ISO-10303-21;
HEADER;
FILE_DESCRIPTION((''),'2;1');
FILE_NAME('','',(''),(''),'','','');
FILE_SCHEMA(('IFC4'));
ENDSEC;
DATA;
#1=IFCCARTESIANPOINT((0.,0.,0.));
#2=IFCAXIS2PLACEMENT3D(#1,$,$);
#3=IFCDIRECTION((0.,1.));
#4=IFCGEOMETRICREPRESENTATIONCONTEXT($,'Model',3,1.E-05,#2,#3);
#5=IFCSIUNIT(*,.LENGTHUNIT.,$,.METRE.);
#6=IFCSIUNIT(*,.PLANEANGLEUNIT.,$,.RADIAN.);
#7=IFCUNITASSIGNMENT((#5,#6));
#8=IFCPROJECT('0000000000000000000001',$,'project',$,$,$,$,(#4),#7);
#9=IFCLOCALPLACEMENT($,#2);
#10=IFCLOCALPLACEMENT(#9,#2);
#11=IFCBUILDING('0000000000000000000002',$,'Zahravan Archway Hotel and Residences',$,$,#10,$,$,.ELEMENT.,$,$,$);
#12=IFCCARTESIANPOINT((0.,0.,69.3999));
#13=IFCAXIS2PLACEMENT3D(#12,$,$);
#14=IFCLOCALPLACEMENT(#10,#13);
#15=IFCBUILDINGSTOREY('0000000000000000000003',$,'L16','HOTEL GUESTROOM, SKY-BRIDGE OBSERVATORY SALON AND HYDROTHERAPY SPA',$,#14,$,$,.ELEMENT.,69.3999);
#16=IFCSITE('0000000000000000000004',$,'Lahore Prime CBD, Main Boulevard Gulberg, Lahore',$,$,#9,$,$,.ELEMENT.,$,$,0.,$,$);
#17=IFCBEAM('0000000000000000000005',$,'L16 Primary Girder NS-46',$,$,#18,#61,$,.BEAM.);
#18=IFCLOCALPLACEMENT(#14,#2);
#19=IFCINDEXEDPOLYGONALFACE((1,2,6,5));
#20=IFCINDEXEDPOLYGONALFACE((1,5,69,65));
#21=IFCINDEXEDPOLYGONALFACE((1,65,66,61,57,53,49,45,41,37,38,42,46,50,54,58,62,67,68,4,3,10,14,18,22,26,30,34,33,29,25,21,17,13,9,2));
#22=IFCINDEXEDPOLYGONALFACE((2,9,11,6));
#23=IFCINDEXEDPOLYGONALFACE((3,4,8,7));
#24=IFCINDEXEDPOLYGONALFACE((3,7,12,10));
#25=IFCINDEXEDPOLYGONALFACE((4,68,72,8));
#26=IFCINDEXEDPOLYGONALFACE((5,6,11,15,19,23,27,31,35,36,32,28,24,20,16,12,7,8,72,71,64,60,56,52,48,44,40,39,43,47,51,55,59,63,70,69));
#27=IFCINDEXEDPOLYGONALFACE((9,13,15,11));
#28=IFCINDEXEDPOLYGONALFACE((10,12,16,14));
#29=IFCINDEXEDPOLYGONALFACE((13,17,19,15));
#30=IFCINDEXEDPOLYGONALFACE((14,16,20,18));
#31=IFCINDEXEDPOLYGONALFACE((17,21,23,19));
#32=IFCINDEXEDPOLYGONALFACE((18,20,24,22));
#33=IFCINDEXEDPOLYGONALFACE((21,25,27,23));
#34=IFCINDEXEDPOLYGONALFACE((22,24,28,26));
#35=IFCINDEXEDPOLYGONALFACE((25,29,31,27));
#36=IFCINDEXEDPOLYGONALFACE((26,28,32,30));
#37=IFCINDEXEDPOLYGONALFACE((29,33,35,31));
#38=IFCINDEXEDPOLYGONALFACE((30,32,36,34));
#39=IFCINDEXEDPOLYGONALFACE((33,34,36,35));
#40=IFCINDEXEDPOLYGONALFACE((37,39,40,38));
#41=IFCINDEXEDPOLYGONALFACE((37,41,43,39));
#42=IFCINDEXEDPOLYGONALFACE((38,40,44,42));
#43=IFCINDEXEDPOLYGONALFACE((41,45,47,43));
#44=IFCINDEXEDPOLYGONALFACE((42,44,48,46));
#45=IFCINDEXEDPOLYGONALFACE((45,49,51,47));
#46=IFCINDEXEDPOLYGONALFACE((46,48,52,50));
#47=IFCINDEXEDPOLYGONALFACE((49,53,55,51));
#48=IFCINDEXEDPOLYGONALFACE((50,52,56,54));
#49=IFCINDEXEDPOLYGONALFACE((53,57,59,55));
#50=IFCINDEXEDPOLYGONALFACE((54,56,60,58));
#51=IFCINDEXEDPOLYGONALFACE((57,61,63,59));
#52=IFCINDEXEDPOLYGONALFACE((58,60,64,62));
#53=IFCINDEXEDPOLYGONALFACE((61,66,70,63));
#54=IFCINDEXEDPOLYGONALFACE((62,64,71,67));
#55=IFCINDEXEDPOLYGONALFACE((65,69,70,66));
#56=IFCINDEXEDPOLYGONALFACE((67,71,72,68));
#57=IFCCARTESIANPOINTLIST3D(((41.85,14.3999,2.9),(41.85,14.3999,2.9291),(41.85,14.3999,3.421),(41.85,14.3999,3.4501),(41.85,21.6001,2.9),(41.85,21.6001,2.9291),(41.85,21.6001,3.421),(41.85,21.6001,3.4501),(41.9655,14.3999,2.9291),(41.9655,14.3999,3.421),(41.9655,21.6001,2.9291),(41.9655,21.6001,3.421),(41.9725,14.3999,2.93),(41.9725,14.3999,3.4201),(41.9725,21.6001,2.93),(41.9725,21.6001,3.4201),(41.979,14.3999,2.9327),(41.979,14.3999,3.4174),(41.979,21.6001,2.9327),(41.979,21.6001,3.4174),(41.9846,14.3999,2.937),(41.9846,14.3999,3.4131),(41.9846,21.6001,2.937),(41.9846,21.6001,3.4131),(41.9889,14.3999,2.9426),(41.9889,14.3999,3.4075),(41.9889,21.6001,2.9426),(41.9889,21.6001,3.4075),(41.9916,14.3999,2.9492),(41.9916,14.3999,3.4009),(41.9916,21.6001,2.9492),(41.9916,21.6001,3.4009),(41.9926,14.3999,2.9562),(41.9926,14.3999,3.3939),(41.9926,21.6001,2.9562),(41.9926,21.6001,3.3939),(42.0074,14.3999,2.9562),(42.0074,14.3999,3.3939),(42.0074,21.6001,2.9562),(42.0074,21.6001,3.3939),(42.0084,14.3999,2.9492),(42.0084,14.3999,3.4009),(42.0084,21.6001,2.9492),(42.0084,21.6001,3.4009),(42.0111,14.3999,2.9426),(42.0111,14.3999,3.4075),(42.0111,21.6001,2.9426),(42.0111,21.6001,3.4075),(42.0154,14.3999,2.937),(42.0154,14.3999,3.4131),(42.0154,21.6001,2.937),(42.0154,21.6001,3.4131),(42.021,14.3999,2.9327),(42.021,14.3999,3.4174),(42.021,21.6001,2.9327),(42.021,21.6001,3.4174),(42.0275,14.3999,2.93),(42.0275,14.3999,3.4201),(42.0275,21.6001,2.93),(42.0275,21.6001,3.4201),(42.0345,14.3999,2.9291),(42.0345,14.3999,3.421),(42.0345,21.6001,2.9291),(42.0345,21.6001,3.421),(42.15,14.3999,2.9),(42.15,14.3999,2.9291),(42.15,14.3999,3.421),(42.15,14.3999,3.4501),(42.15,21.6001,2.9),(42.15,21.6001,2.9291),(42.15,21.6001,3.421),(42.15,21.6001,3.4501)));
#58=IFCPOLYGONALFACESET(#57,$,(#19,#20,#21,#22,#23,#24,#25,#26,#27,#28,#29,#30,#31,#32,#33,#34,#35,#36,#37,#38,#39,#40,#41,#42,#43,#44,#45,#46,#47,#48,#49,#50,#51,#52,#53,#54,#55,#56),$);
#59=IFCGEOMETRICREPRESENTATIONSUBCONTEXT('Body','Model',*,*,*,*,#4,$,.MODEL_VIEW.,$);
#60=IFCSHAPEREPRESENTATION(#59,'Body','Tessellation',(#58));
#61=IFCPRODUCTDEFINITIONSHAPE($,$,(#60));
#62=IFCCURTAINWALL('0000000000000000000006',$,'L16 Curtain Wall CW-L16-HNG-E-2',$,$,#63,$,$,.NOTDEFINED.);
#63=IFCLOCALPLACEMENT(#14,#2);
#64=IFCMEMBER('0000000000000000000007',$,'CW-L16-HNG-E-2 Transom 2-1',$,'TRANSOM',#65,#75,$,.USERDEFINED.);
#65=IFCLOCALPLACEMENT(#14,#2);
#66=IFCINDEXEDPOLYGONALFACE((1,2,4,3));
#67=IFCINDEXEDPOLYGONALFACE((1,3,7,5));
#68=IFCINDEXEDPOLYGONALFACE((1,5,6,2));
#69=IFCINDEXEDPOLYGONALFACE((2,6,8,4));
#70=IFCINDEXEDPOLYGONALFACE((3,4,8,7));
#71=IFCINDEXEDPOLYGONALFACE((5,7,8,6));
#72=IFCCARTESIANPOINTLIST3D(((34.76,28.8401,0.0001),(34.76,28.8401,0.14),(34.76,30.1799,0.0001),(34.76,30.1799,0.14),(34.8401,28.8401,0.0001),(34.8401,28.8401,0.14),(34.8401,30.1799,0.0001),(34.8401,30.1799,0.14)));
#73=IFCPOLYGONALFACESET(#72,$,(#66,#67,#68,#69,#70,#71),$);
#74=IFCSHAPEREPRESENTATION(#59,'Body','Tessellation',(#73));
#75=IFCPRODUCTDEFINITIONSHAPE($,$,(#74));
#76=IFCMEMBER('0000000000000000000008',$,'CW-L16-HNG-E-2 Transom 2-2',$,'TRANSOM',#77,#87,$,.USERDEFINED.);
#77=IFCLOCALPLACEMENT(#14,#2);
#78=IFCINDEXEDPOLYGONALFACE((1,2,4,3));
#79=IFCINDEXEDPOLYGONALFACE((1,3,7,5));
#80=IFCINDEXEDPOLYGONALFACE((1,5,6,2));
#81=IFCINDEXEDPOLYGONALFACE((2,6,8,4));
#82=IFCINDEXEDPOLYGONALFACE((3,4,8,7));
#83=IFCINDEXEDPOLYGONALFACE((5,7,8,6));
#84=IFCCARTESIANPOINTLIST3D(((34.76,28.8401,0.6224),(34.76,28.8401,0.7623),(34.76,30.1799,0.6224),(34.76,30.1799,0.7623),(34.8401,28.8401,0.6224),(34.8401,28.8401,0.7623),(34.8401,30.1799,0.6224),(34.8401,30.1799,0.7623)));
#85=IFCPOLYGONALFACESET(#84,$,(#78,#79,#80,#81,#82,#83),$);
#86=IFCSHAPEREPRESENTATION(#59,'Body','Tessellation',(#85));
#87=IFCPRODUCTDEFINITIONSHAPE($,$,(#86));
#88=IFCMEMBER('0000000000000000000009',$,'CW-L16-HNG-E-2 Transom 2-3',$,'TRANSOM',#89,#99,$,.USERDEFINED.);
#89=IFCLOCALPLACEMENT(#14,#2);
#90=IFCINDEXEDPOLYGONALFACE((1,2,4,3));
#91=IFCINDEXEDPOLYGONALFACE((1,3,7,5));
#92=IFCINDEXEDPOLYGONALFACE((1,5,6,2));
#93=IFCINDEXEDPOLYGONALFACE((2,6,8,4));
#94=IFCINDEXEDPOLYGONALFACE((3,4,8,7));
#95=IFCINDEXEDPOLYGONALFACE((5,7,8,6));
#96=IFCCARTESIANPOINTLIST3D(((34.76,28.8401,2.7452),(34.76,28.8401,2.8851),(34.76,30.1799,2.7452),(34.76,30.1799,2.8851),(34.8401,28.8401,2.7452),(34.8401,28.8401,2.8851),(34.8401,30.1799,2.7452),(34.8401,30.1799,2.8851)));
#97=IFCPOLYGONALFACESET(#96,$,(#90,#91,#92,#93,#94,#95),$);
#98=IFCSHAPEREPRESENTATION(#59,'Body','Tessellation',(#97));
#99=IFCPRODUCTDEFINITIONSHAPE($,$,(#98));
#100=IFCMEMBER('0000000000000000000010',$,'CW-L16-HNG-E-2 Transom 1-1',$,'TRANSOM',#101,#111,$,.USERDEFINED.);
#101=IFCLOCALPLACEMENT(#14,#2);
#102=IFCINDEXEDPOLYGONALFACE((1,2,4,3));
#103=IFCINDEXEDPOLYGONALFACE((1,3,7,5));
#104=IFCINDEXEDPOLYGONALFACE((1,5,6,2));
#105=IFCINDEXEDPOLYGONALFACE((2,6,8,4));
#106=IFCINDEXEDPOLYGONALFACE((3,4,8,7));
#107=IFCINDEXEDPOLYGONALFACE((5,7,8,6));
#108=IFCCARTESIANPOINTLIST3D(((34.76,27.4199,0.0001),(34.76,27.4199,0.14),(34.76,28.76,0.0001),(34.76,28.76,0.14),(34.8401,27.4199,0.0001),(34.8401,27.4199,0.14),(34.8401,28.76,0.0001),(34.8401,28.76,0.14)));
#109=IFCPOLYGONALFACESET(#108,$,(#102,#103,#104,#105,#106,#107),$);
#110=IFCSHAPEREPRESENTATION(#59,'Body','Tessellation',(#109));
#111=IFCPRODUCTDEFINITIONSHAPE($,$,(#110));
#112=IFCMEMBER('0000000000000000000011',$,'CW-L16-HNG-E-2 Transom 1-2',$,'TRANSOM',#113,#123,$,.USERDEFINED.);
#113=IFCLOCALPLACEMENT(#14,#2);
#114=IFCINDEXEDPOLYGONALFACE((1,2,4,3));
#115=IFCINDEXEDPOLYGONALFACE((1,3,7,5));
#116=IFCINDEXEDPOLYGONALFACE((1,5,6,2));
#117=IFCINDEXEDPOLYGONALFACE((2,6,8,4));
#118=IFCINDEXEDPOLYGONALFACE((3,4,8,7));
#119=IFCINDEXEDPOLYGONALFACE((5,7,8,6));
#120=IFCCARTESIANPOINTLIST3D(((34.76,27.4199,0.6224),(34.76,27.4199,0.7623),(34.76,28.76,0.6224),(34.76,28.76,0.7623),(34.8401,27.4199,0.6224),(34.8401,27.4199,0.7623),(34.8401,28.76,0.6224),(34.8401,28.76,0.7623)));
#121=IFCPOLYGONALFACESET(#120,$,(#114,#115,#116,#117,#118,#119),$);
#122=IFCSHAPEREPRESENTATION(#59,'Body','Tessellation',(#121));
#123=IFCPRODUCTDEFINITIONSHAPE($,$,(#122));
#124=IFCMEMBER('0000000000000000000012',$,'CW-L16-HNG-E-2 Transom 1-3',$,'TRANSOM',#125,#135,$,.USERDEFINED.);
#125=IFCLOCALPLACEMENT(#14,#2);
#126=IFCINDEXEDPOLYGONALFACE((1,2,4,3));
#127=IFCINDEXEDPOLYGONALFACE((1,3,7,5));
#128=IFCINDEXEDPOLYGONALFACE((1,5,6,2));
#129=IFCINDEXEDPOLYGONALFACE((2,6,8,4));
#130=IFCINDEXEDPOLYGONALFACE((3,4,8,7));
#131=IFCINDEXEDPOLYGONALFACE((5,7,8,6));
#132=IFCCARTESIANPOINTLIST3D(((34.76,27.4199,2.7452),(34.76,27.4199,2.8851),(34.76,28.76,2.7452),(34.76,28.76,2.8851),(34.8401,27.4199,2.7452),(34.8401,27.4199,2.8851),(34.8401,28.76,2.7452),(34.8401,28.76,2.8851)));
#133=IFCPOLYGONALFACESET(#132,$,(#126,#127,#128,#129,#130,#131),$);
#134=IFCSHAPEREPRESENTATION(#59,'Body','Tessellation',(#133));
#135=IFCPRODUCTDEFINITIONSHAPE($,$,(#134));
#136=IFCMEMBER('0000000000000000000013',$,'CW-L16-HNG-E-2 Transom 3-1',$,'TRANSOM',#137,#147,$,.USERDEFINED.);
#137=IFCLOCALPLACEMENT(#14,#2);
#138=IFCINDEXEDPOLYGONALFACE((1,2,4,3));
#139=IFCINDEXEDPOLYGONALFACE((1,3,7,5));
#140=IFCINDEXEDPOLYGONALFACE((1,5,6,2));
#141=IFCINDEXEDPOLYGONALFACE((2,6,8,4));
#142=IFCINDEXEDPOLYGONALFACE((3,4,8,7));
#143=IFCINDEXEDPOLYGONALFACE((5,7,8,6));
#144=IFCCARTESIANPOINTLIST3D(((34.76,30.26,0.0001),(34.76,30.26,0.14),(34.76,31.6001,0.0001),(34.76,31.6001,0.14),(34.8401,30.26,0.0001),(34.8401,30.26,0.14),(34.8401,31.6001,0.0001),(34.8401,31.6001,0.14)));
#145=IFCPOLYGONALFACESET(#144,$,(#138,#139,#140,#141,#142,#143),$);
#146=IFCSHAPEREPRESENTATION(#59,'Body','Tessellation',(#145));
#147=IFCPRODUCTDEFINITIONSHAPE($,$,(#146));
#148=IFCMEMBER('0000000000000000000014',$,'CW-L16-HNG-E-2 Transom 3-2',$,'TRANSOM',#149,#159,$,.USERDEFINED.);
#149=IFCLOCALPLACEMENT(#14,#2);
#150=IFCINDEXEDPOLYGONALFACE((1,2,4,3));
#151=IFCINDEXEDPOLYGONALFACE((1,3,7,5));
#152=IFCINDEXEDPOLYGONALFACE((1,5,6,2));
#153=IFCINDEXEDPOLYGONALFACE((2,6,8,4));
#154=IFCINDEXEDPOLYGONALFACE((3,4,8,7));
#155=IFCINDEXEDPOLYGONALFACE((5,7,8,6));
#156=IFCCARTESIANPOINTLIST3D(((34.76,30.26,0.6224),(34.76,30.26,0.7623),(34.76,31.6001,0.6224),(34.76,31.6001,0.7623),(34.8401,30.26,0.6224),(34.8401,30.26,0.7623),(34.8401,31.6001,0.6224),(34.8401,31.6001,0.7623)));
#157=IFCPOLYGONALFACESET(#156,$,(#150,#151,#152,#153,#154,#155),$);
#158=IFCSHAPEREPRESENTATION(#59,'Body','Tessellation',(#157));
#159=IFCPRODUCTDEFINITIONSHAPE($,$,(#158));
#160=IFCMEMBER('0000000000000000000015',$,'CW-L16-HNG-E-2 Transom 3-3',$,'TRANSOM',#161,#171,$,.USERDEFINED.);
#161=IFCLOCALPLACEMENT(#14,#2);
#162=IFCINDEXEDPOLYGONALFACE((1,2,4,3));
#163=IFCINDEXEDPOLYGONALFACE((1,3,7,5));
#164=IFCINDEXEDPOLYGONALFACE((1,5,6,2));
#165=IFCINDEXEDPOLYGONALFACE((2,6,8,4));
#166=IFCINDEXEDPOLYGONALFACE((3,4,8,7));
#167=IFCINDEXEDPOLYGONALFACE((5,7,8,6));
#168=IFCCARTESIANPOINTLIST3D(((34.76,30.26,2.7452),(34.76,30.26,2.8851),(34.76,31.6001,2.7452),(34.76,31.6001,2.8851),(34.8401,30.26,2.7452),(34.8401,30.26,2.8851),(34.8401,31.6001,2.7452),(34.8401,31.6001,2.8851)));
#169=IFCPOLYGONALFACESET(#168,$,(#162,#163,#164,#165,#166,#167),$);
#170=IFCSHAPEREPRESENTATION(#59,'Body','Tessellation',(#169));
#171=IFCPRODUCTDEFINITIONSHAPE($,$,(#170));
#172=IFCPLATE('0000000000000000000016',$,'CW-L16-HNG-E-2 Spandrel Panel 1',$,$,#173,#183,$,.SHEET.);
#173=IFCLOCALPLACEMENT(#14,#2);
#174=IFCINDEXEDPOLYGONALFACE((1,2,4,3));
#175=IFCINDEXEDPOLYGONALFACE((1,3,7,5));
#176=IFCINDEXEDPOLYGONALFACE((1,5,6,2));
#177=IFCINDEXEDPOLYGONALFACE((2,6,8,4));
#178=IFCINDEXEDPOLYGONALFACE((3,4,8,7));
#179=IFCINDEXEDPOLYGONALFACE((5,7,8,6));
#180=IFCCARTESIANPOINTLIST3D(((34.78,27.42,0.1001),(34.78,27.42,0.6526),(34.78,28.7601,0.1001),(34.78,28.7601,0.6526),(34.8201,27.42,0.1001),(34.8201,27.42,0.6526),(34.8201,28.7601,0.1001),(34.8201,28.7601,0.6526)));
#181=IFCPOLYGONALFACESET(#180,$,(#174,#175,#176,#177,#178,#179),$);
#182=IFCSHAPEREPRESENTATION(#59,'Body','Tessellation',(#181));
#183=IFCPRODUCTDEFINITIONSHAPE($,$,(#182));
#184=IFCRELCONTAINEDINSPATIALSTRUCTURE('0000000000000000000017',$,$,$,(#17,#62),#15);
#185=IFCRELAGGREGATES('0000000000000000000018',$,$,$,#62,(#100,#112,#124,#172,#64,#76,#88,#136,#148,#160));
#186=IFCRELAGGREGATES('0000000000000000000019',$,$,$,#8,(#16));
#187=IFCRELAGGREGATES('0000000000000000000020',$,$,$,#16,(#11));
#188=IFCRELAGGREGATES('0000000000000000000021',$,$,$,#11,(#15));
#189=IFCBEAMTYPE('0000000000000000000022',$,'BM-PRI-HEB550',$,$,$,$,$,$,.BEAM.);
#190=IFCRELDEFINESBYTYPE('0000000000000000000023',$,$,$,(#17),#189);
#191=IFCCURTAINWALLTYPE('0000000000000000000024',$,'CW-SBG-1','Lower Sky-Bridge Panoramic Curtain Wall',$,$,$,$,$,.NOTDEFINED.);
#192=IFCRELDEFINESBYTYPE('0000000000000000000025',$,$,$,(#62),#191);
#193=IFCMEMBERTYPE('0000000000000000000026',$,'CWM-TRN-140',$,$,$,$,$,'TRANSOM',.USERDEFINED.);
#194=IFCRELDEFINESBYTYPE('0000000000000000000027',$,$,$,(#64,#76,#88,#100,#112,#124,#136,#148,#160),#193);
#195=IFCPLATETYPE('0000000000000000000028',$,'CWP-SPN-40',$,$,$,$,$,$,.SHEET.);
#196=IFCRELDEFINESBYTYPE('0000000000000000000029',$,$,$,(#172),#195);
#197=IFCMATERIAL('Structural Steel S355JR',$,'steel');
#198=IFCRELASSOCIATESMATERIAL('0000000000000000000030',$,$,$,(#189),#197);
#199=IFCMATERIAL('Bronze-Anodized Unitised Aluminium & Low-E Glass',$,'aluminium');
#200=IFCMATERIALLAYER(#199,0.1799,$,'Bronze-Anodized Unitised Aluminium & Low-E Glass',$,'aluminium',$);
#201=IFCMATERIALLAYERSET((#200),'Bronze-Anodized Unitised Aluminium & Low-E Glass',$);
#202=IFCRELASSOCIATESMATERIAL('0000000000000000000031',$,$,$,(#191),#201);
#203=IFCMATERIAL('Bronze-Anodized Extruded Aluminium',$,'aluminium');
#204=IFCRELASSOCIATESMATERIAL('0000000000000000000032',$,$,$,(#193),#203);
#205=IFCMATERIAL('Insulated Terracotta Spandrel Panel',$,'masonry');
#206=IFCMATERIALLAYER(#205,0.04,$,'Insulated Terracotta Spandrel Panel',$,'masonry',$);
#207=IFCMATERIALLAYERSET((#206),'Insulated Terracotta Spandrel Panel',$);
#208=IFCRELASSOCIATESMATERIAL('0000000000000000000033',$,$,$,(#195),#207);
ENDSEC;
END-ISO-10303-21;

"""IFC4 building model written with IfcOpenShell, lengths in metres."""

from ifc_helpers import new_model, si_unit, direction, frame, origin, origin_2d, place, context, subcontext, project, spatial, rectangle, i_section, extrude, source, transform, mapped, material, layer, layer_set, material_profile, profile_set, type_object, type_shapes, element, aggregate, save


model = new_model("IFC4")

# Units and contexts
model_context = context("Model", 3, precision=1e-05, world=origin(), true_north=direction((0.0, 1.0)))
body_context = subcontext(model_context, "Body", "Model", "MODEL_VIEW")
ifc_project = project(units=[si_unit("LENGTHUNIT", "METRE"), si_unit("PLANEANGLEUNIT", "RADIAN")], contexts=[model_context])

# Site, building, storey
site_placement = place(None, origin())
site = spatial("IfcSite", under=ifc_project, at=site_placement, Name="Lahore Prime CBD, Main Boulevard Gulberg, Lahore", CompositionType="ELEMENT", RefElevation=0.0)
building_placement = place(site_placement, origin())
building = spatial("IfcBuilding", under=site, at=building_placement, Name="Zahravan Archway Hotel and Residences", CompositionType="ELEMENT")
storey_placement = place(building_placement, frame((0.0, 0.0, 69.3999)))
storey = spatial("IfcBuildingStorey", under=building, at=storey_placement, Name="L16", Description="HOTEL GUESTROOM, SKY-BRIDGE OBSERVATORY SALON AND HYDROTHERAPY SPA", CompositionType="ELEMENT", Elevation=69.3999)

# Beam
ifc_material_1 = material(Name="Structural Steel S355JR", Category="steel")
ifc_material_profile_1 = material_profile(ifc_material_1, i_section(OverallWidth=0.3, OverallDepth=0.55, WebThickness=0.0149, FlangeThickness=0.0291, FilletRadius=0.0271, at=origin_2d()), Name="HEB 550", Category="steel")
ifc_profile_set_1 = profile_set([ifc_material_profile_1], Name="Structural Steel S355JR")
beam_type = type_object("IfcBeamType", Name="BM-PRI-HEB550", PredefinedType="BEAM", material=ifc_profile_set_1)
shared_shape_1 = source(origin(), body_context, "Body", "SweptSolid", [
    extrude(i_section(OverallWidth=0.3, OverallDepth=0.55, WebThickness=0.0149, FlangeThickness=0.0291, FilletRadius=0.0271, at=origin_2d()), origin(), (0.0, 0.0, 1.0), 7.2002),
])
type_shapes(beam_type, [shared_shape_1])
beam_placement = place(storey_placement, frame((42.0, 14.3999, 3.175), z_axis=(0.0, 1.0, 0.0), x_axis=(-1.0, 0.0, 0.0)))
element("IfcBeam", 1, at=beam_placement, inside=storey, type_object=beam_type, Name="L16 Primary Girder NS-46", PredefinedType="BEAM", context=body_context, shape_type="MappedRepresentation", body=[
    mapped(shared_shape_1, transform((0.0, 0.0, 0.0), scale=1.0)),
])

# Curtain wall, members, plate
ifc_material_2 = material(Name="Bronze-Anodized Unitised Aluminium & Low-E Glass", Category="aluminium")
ifc_layer_1 = layer(ifc_material_2, 0.1799, Name="Bronze-Anodized Unitised Aluminium & Low-E Glass", Category="aluminium")
ifc_layer_set_1 = layer_set([ifc_layer_1], Name="Bronze-Anodized Unitised Aluminium & Low-E Glass")
curtain_wall_type = type_object("IfcCurtainWallType", Name="CW-SBG-1", Description="Lower Sky-Bridge Panoramic Curtain Wall", PredefinedType="NOTDEFINED", material=ifc_layer_set_1)
curtain_wall_placement = place(storey_placement, origin())
curtain_wall = element("IfcCurtainWall", 2, at=curtain_wall_placement, inside=storey, type_object=curtain_wall_type, Name="L16 Curtain Wall CW-L16-HNG-E-2", PredefinedType="NOTDEFINED")
ifc_material_3 = material(Name="Bronze-Anodized Extruded Aluminium", Category="aluminium")
ifc_material_profile_2 = material_profile(ifc_material_3, rectangle(XDim=0.0801, YDim=0.1399, at=origin_2d()), Name="TRN 80x140", Category="aluminium")
ifc_profile_set_2 = profile_set([ifc_material_profile_2], Name="Bronze-Anodized Extruded Aluminium")
member_type = type_object("IfcMemberType", Name="CWM-TRN-140", ElementType="TRANSOM", PredefinedType="USERDEFINED", material=ifc_profile_set_2)
shared_shape_2 = source(origin(), body_context, "Body", "SweptSolid", [
    extrude(rectangle(XDim=0.0801, YDim=0.1399, at=origin_2d()), origin(), (0.0, 0.0, 1.0), 1.3398),
])
member_1_placement = place(storey_placement, frame((34.8, 28.8401, 0.0701), z_axis=(0.0, 1.0, 0.0), x_axis=(-1.0, 0.0, 0.0)))
member_1 = element("IfcMember", 3, at=member_1_placement, type_object=member_type, Name="CW-L16-HNG-E-2 Transom 2-1", ObjectType="TRANSOM", PredefinedType="USERDEFINED", context=body_context, shape_type="MappedRepresentation", body=[
    mapped(shared_shape_2, transform((0.0, 0.0, 0.0), scale=1.0)),
])
member_2_placement = place(storey_placement, frame((34.8, 28.8401, 0.6924), z_axis=(0.0, 1.0, 0.0), x_axis=(-1.0, 0.0, 0.0)))
member_2 = element("IfcMember", 4, at=member_2_placement, type_object=member_type, Name="CW-L16-HNG-E-2 Transom 2-2", ObjectType="TRANSOM", PredefinedType="USERDEFINED", context=body_context, shape_type="MappedRepresentation", body=[
    mapped(shared_shape_2, transform((0.0, 0.0, 0.0), scale=1.0)),
])
member_3_placement = place(storey_placement, frame((34.8, 28.8401, 2.8152), z_axis=(0.0, 1.0, 0.0), x_axis=(-1.0, 0.0, 0.0)))
member_3 = element("IfcMember", 5, at=member_3_placement, type_object=member_type, Name="CW-L16-HNG-E-2 Transom 2-3", ObjectType="TRANSOM", PredefinedType="USERDEFINED", context=body_context, shape_type="MappedRepresentation", body=[
    mapped(shared_shape_2, transform((0.0, 0.0, 0.0), scale=1.0)),
])
shared_shape_3 = source(origin(), body_context, "Body", "SweptSolid", [
    extrude(rectangle(XDim=0.0801, YDim=0.1399, at=origin_2d()), origin(), (0.0, 0.0, 1.0), 1.3401),
])
member_4_placement = place(storey_placement, frame((34.8, 27.4199, 0.0701), z_axis=(0.0, 1.0, 0.0), x_axis=(-1.0, 0.0, 0.0)))
member_4 = element("IfcMember", 6, at=member_4_placement, type_object=member_type, Name="CW-L16-HNG-E-2 Transom 1-1", ObjectType="TRANSOM", PredefinedType="USERDEFINED", context=body_context, shape_type="MappedRepresentation", body=[
    mapped(shared_shape_3, transform((0.0, 0.0, 0.0), scale=1.0)),
])
member_5_placement = place(storey_placement, frame((34.8, 27.4199, 0.6924), z_axis=(0.0, 1.0, 0.0), x_axis=(-1.0, 0.0, 0.0)))
member_5 = element("IfcMember", 7, at=member_5_placement, type_object=member_type, Name="CW-L16-HNG-E-2 Transom 1-2", ObjectType="TRANSOM", PredefinedType="USERDEFINED", context=body_context, shape_type="MappedRepresentation", body=[
    mapped(shared_shape_3, transform((0.0, 0.0, 0.0), scale=1.0)),
])
member_6_placement = place(storey_placement, frame((34.8, 27.4199, 2.8152), z_axis=(0.0, 1.0, 0.0), x_axis=(-1.0, 0.0, 0.0)))
member_6 = element("IfcMember", 8, at=member_6_placement, type_object=member_type, Name="CW-L16-HNG-E-2 Transom 1-3", ObjectType="TRANSOM", PredefinedType="USERDEFINED", context=body_context, shape_type="MappedRepresentation", body=[
    mapped(shared_shape_3, transform((0.0, 0.0, 0.0), scale=1.0)),
])
member_7_placement = place(storey_placement, frame((34.8, 30.26, 0.0701), z_axis=(0.0, 1.0, 0.0), x_axis=(-1.0, 0.0, 0.0)))
member_7 = element("IfcMember", 9, at=member_7_placement, type_object=member_type, Name="CW-L16-HNG-E-2 Transom 3-1", ObjectType="TRANSOM", PredefinedType="USERDEFINED", context=body_context, shape_type="MappedRepresentation", body=[
    mapped(shared_shape_3, transform((0.0, 0.0, 0.0), scale=1.0)),
])
member_8_placement = place(storey_placement, frame((34.8, 30.26, 0.6924), z_axis=(0.0, 1.0, 0.0), x_axis=(-1.0, 0.0, 0.0)))
member_8 = element("IfcMember", 10, at=member_8_placement, type_object=member_type, Name="CW-L16-HNG-E-2 Transom 3-2", ObjectType="TRANSOM", PredefinedType="USERDEFINED", context=body_context, shape_type="MappedRepresentation", body=[
    mapped(shared_shape_3, transform((0.0, 0.0, 0.0), scale=1.0)),
])
member_9_placement = place(storey_placement, frame((34.8, 30.26, 2.8152), z_axis=(0.0, 1.0, 0.0), x_axis=(-1.0, 0.0, 0.0)))
member_9 = element("IfcMember", 11, at=member_9_placement, type_object=member_type, Name="CW-L16-HNG-E-2 Transom 3-3", ObjectType="TRANSOM", PredefinedType="USERDEFINED", context=body_context, shape_type="MappedRepresentation", body=[
    mapped(shared_shape_3, transform((0.0, 0.0, 0.0), scale=1.0)),
])
ifc_material_4 = material(Name="Insulated Terracotta Spandrel Panel", Category="masonry")
ifc_layer_2 = layer(ifc_material_4, 0.04, Name="Insulated Terracotta Spandrel Panel", Category="masonry")
ifc_layer_set_2 = layer_set([ifc_layer_2], Name="Insulated Terracotta Spandrel Panel")
plate_type_1 = type_object("IfcPlateType", Name="CWP-SPN-40", PredefinedType="SHEET", material=ifc_layer_set_2)
shared_shape_4 = source(origin(), body_context, "Body", "SweptSolid", [
    extrude(rectangle(XDim=1.3401, YDim=0.04, at=origin_2d()), origin(), (0.0, 0.0, 1.0), 0.5525),
])
plate_1_placement = place(storey_placement, frame((34.8, 28.0901, 0.1001), z_axis=(0.0, 0.0, 1.0), x_axis=(0.0, 1.0, 0.0)))
plate_1 = element("IfcPlate", 12, at=plate_1_placement, type_object=plate_type_1, Name="CW-L16-HNG-E-2 Spandrel Panel 1", PredefinedType="SHEET", context=body_context, shape_type="MappedRepresentation", body=[
    mapped(shared_shape_4, transform((0.0, 0.0, 0.0), scale=1.0)),
])
aggregate(curtain_wall, [member_4, member_5, member_6, plate_1, member_1, member_2, member_3, member_7, member_8, member_9])

save(model, "model.ifc")
